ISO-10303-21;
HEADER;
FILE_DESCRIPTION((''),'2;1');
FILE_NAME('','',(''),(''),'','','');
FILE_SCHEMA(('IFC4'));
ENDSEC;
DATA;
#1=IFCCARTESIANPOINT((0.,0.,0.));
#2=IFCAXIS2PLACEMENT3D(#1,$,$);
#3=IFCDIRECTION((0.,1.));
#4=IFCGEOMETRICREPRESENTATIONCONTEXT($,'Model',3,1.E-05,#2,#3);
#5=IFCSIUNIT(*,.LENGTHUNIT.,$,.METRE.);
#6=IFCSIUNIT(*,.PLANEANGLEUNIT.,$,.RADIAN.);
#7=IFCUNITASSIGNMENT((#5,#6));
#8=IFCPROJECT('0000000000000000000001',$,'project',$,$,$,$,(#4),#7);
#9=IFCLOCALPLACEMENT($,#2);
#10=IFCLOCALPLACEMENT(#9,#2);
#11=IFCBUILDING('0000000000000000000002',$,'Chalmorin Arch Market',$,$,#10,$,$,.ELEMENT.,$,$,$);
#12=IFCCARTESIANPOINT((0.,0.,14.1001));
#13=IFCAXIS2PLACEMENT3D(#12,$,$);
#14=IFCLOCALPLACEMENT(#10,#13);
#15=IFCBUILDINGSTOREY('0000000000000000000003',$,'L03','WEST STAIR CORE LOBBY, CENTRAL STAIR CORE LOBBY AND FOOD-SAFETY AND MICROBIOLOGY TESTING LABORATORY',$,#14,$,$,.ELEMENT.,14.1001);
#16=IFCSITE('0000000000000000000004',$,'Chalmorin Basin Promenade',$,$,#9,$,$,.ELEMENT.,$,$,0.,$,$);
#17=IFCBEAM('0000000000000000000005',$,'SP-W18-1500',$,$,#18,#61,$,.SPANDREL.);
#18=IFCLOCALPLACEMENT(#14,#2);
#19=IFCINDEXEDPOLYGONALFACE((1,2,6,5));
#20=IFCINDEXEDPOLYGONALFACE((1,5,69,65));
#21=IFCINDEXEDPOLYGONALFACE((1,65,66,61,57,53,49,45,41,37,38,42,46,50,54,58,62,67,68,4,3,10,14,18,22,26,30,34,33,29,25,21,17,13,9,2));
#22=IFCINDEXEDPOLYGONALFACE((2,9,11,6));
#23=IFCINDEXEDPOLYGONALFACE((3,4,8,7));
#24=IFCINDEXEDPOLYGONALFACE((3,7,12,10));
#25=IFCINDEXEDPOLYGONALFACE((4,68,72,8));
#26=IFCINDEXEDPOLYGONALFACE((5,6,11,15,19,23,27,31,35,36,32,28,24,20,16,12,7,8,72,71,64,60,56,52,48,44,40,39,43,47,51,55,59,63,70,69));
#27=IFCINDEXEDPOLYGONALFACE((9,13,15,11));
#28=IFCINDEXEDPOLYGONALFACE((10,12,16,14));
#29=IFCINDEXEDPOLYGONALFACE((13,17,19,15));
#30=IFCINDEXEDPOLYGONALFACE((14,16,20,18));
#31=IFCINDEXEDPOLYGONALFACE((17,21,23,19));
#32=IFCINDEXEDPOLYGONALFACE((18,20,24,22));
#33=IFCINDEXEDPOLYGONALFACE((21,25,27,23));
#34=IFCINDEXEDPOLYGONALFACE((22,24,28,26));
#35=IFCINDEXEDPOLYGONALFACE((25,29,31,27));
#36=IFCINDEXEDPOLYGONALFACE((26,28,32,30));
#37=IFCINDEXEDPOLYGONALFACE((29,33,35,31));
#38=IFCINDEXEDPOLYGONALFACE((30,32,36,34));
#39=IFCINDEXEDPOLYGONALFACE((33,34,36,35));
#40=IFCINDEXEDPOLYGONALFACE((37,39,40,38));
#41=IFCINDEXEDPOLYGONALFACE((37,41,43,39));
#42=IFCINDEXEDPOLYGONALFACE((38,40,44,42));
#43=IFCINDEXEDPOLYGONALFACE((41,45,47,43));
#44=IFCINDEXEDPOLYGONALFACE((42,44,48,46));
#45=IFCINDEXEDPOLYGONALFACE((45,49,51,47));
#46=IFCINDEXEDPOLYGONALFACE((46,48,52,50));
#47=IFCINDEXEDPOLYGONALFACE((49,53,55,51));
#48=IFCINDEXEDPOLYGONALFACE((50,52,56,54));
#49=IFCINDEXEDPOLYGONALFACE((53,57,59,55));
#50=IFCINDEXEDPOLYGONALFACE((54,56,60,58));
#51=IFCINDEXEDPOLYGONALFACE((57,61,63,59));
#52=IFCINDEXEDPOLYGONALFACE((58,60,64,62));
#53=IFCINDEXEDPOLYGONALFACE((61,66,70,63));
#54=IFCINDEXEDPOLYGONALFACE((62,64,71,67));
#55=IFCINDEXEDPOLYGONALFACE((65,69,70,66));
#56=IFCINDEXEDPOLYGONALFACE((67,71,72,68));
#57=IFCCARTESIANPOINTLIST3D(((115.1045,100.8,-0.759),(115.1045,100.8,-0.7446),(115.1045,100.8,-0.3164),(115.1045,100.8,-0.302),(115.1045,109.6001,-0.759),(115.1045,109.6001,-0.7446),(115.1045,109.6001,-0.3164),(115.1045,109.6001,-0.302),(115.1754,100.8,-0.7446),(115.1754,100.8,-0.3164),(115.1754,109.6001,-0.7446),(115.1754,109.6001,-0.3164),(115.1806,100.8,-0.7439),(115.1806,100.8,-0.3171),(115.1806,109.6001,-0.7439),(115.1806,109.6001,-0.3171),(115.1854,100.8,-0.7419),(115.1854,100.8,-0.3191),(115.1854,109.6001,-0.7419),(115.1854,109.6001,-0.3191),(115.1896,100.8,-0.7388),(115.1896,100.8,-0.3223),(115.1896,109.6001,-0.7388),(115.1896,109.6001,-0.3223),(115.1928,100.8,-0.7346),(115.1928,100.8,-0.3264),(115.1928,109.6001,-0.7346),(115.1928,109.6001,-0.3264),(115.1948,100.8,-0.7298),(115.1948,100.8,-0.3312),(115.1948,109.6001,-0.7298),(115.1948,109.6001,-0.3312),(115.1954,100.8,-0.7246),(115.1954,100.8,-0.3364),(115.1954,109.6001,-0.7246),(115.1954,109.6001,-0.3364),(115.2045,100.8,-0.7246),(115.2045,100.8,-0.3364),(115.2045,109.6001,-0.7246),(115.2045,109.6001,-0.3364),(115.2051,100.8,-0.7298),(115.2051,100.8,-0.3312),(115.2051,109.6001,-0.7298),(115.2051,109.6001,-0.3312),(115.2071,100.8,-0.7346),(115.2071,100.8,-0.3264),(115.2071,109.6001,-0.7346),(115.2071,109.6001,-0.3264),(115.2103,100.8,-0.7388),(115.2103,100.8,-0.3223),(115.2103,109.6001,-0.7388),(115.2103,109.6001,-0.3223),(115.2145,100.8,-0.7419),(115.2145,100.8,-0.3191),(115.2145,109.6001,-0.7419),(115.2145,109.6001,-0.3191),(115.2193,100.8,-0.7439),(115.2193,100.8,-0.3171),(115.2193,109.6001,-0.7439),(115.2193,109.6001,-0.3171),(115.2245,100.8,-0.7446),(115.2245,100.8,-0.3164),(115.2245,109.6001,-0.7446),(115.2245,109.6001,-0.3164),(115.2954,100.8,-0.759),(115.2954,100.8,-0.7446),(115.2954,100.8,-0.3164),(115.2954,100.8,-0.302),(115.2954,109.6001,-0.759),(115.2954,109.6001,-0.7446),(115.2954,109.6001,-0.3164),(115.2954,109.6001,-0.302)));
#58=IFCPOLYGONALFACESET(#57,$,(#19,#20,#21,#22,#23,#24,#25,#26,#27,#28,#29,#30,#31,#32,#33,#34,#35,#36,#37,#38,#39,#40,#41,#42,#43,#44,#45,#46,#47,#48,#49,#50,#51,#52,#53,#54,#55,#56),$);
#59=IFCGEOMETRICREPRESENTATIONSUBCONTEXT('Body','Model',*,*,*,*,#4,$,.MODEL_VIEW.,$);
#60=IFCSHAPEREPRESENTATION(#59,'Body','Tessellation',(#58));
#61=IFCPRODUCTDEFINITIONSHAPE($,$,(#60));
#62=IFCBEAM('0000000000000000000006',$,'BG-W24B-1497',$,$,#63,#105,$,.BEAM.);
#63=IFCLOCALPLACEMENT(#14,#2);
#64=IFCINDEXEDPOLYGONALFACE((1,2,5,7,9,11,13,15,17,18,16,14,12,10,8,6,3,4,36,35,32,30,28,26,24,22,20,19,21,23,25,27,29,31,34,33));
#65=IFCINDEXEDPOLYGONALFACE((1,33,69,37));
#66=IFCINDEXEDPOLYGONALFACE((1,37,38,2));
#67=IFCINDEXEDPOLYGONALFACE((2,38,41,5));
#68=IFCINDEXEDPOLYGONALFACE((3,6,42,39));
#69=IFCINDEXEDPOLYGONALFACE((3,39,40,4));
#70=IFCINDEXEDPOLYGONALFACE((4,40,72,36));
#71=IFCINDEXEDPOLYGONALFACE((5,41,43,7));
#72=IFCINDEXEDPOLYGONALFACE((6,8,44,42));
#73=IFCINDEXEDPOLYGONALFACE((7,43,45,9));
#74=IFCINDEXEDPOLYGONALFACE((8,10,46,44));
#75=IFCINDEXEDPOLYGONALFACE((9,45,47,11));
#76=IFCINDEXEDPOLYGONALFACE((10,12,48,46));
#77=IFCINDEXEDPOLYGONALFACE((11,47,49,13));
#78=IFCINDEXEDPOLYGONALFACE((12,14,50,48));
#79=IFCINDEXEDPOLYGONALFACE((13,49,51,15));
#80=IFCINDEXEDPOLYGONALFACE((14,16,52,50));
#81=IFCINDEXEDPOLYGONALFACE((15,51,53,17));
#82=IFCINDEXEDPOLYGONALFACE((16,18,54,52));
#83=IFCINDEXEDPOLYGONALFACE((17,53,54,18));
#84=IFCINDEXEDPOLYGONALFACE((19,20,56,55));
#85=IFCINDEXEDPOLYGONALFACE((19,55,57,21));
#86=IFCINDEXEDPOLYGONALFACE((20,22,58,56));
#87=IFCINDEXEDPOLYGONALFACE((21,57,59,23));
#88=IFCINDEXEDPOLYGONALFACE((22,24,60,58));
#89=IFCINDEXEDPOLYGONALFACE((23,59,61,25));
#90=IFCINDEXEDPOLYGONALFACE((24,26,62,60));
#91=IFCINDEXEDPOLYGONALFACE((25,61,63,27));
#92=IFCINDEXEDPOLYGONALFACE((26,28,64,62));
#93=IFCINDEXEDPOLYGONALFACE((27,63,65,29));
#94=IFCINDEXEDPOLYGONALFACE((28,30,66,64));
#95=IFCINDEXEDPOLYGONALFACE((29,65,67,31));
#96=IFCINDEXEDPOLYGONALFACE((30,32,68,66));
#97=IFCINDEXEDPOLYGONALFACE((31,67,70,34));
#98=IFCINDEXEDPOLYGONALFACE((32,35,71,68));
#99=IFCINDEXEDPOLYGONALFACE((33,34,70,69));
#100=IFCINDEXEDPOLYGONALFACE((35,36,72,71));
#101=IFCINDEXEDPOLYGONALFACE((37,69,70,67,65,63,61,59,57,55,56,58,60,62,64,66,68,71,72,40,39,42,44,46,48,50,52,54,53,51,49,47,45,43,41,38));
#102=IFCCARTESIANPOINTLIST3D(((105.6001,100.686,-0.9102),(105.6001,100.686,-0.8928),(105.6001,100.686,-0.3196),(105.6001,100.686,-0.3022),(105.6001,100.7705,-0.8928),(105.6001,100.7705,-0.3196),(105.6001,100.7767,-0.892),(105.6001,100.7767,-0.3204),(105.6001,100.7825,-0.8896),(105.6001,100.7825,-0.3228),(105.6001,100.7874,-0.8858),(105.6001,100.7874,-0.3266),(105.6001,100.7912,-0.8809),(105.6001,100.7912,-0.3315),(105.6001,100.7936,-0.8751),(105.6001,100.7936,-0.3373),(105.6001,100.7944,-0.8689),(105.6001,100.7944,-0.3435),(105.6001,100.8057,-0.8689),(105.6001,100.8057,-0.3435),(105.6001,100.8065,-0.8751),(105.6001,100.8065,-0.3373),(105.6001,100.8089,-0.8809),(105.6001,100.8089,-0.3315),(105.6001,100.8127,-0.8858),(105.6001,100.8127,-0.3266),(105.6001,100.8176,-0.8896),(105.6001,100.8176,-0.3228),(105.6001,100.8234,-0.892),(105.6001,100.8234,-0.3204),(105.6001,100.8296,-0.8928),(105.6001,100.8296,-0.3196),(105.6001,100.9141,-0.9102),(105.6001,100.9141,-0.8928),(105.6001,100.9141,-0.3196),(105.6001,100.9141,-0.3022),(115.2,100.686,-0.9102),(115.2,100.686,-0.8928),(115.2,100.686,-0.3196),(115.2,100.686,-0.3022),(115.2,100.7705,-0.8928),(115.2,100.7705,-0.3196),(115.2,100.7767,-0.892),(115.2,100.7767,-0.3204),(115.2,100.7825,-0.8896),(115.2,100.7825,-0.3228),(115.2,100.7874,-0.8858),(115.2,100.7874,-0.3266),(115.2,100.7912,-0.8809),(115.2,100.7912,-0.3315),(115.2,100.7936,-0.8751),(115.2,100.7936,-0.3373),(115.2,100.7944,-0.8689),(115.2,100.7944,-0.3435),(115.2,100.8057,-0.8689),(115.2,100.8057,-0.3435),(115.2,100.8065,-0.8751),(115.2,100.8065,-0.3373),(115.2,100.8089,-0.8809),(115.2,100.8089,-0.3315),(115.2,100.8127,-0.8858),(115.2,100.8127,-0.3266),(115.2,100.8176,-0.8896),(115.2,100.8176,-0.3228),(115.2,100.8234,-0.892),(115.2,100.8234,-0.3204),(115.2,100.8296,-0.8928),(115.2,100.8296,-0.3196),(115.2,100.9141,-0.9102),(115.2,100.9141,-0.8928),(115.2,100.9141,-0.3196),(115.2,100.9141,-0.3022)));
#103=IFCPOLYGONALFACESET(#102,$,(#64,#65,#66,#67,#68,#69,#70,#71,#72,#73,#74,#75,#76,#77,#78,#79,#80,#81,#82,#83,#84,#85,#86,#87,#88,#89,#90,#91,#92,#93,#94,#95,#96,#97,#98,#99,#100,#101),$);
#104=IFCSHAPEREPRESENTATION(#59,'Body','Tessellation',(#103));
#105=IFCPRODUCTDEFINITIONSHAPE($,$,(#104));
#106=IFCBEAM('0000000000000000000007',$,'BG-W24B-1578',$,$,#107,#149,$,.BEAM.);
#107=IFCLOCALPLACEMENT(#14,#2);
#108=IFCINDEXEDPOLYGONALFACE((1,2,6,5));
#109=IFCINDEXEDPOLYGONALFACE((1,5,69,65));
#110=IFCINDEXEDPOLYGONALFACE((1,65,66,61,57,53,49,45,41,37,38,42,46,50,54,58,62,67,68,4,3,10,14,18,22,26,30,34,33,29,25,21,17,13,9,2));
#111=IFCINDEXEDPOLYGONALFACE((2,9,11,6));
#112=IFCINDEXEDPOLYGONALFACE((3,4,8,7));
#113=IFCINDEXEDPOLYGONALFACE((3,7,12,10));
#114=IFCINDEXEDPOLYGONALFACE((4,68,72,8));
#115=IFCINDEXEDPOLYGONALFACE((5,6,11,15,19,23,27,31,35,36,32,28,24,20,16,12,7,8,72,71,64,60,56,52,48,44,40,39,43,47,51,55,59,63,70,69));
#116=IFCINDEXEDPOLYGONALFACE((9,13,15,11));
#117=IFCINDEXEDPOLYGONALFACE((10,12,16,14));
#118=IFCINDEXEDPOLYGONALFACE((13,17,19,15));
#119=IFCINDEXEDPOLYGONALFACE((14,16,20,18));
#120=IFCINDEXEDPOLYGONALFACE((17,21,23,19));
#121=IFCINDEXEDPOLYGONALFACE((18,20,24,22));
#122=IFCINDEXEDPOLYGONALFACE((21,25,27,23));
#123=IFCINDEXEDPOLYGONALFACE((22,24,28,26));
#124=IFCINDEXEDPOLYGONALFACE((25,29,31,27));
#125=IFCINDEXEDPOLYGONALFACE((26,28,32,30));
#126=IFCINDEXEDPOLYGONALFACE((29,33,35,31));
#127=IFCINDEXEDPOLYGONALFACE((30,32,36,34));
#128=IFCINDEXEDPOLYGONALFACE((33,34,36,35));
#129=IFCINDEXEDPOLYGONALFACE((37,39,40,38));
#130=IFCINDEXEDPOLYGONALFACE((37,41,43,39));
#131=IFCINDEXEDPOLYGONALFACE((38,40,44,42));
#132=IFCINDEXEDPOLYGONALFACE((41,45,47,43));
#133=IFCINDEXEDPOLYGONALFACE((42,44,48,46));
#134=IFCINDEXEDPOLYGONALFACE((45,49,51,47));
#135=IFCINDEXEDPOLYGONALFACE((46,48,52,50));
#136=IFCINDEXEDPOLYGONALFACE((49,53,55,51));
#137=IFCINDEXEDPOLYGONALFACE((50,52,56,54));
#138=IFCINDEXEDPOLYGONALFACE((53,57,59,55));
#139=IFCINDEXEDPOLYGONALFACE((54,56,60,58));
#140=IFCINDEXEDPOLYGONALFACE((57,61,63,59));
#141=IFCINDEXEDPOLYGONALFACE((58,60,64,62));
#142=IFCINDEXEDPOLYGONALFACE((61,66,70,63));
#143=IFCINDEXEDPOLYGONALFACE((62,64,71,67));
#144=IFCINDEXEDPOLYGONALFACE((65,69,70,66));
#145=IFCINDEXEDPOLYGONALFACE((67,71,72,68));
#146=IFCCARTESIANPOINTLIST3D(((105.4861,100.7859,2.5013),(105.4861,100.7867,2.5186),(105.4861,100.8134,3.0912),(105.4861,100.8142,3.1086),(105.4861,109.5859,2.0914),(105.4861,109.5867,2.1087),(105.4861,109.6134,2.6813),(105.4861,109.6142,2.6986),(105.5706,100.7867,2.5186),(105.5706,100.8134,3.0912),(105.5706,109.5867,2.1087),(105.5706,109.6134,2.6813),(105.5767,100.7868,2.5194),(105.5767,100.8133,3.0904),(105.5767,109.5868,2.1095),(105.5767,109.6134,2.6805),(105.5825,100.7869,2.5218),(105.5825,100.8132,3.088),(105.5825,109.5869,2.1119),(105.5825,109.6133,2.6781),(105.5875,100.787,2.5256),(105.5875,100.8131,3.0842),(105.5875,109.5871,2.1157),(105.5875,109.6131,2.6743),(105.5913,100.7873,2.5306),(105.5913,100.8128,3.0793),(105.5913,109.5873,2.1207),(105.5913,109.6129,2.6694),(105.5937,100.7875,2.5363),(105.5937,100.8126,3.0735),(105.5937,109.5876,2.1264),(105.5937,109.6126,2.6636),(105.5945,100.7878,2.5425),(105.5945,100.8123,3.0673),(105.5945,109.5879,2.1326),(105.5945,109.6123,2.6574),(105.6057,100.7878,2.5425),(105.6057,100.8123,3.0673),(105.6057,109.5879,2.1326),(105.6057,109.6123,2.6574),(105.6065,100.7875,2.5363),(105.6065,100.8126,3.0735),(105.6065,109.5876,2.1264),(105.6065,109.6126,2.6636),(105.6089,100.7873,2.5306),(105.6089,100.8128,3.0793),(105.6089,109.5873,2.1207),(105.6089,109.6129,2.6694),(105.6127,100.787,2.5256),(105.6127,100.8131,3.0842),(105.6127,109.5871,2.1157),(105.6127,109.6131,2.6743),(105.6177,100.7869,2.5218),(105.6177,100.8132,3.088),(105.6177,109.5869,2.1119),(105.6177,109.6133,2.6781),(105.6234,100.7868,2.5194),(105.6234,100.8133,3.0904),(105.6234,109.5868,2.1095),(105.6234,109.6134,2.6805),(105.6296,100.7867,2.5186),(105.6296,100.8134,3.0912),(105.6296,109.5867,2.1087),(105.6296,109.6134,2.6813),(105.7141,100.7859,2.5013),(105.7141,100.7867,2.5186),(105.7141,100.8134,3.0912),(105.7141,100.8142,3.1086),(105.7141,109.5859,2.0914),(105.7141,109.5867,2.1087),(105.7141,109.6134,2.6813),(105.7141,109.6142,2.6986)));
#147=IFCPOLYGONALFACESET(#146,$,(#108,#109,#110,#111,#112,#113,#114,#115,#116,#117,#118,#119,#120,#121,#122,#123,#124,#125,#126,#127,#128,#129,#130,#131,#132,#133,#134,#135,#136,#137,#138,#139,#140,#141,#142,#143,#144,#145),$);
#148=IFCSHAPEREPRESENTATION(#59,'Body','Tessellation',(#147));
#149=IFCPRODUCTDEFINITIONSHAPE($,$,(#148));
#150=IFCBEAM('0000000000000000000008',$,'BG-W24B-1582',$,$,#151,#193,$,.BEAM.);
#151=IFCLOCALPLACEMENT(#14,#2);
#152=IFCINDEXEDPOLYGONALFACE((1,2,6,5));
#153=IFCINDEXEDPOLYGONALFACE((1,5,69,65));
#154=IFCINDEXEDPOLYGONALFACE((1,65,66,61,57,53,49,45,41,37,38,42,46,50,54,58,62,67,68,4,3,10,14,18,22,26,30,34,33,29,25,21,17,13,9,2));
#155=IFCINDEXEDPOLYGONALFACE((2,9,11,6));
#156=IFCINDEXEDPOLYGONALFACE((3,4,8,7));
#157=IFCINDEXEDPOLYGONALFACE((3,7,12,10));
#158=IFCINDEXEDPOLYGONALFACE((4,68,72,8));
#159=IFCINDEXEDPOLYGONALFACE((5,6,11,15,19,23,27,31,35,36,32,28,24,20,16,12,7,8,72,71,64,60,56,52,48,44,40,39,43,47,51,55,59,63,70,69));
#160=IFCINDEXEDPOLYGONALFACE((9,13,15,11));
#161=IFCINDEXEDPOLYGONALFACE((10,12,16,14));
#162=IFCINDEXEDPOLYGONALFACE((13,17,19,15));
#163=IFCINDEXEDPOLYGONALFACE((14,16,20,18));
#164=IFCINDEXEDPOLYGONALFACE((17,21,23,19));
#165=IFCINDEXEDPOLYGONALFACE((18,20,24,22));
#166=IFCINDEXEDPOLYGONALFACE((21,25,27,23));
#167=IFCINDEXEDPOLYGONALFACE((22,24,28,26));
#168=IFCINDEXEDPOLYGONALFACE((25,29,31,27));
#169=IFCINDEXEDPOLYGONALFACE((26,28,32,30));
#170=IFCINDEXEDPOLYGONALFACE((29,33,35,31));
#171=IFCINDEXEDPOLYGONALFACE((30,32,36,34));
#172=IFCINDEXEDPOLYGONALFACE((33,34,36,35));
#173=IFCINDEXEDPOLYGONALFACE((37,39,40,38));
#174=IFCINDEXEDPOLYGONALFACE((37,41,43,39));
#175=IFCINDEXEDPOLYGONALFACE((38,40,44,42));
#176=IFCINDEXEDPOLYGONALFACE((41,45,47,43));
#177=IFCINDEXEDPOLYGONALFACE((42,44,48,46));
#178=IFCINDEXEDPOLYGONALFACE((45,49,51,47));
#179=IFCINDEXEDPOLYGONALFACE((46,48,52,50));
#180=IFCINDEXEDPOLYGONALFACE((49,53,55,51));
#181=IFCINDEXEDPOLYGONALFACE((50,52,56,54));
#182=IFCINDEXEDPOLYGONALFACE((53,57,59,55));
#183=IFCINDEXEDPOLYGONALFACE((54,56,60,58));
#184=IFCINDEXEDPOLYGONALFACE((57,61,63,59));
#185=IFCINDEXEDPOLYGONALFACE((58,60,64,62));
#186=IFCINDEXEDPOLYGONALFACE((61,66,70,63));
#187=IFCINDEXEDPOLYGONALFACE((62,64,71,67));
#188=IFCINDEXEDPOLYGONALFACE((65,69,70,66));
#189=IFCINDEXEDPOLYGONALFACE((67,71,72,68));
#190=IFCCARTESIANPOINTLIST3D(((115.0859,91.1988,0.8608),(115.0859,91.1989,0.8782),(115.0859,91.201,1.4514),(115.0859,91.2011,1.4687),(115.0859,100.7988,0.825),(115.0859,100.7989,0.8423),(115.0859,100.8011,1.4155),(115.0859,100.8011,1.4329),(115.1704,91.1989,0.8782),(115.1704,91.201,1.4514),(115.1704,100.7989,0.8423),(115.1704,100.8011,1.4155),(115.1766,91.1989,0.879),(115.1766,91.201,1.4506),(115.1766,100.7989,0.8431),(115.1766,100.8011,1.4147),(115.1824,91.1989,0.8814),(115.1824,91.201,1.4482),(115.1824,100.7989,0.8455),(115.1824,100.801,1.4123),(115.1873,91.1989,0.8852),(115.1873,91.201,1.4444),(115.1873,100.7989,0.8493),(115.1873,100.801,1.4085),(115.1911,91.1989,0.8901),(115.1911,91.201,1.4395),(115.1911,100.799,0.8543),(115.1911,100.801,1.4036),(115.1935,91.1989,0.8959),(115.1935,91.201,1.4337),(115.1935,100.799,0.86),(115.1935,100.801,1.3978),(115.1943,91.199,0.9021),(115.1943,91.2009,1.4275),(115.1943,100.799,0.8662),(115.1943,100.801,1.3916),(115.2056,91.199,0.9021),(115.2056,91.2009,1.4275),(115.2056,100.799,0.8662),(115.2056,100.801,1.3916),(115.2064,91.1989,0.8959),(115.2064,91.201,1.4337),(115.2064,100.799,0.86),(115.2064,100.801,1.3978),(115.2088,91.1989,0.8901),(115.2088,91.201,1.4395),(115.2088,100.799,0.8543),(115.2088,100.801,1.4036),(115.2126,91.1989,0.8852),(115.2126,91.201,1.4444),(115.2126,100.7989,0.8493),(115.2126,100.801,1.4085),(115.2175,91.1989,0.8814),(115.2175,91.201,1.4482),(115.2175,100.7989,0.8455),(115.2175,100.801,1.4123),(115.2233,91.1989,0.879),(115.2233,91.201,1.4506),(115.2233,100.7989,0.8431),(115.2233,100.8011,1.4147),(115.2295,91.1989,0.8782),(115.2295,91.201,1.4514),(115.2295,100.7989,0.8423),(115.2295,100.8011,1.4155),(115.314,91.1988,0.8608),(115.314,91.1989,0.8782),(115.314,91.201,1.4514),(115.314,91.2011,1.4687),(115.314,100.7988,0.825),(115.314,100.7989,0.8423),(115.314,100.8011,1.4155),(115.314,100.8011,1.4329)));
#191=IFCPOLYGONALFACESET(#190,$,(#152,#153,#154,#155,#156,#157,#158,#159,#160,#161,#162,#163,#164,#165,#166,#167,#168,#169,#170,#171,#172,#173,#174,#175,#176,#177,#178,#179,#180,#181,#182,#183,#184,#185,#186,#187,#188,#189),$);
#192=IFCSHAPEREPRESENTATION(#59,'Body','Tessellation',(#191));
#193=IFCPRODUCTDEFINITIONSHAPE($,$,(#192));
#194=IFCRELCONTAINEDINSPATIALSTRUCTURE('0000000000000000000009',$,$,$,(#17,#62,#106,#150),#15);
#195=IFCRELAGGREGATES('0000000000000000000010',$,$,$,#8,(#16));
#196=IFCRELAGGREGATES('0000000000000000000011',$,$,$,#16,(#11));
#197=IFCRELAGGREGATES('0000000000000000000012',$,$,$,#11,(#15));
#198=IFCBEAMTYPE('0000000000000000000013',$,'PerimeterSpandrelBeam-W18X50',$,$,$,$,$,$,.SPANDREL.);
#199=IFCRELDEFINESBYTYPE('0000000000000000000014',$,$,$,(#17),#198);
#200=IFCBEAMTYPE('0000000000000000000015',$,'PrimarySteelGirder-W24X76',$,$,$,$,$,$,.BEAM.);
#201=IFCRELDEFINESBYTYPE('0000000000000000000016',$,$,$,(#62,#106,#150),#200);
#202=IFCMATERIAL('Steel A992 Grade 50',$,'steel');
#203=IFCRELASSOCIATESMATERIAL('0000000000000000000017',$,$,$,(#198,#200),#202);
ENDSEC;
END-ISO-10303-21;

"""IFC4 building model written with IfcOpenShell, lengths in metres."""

from ifc_helpers import new_model, si_unit, direction, frame, origin, origin_2d, place, context, subcontext, project, spatial, i_section, extrude, material, material_profile, profile_set, type_object, element, save


model = new_model("IFC4")

# Units and contexts
model_context = context("Model", 3, precision=1e-05, world=origin(), true_north=direction((0.0, 1.0)))
body_context = subcontext(model_context, "Body", "Model", "MODEL_VIEW")
ifc_project = project(units=[si_unit("LENGTHUNIT", "METRE"), si_unit("PLANEANGLEUNIT", "RADIAN")], contexts=[model_context])

# Site, building, storey
site_placement = place(None, origin())
site = spatial("IfcSite", under=ifc_project, at=site_placement, Name="Chalmorin Basin Promenade", CompositionType="ELEMENT", RefElevation=0.0)
building_placement = place(site_placement, origin())
building = spatial("IfcBuilding", under=site, at=building_placement, Name="Chalmorin Arch Market", CompositionType="ELEMENT")
storey_placement = place(building_placement, frame((0.0, 0.0, 14.1001)))
storey = spatial("IfcBuildingStorey", under=building, at=storey_placement, Name="L03", Description="WEST STAIR CORE LOBBY, CENTRAL STAIR CORE LOBBY AND FOOD-SAFETY AND MICROBIOLOGY TESTING LABORATORY", CompositionType="ELEMENT", Elevation=14.1001)

# Beams
ifc_material_1 = material(Name="Steel A992 Grade 50", Category="steel")
ifc_material_profile_1 = material_profile(ifc_material_1, i_section(OverallWidth=0.1909, OverallDepth=0.457, WebThickness=0.009, FlangeThickness=0.0144, FilletRadius=0.02, at=origin_2d()), Name="W18X50")
ifc_profile_set_1 = profile_set([ifc_material_profile_1], Name="Steel A992 Grade 50")
beam_type_1 = type_object("IfcBeamType", Name="PerimeterSpandrelBeam-W18X50", PredefinedType="SPANDREL", material=ifc_profile_set_1)
beam_1_placement = place(storey_placement, frame((115.2, 100.8, -0.5305), z_axis=(0.0, 1.0, 0.0), x_axis=(-1.0, 0.0, 0.0)))
element("IfcBeam", 1, at=beam_1_placement, inside=storey, type_object=beam_type_1, Name="SP-W18-1500", PredefinedType="SPANDREL", context=body_context, shape_type="SweptSolid", body=[
    extrude(i_section(OverallWidth=0.1909, OverallDepth=0.457, WebThickness=0.009, FlangeThickness=0.0144, FilletRadius=0.02, at=origin_2d()), origin(), (0.0, 0.0, 1.0), 8.8),
])
ifc_material_profile_2 = material_profile(ifc_material_1, i_section(OverallWidth=0.228, OverallDepth=0.6079, WebThickness=0.0112, FlangeThickness=0.0173, FilletRadius=0.0239, at=origin_2d()), Name="W24X76")
ifc_profile_set_2 = profile_set([ifc_material_profile_2], Name="Steel A992 Grade 50")
beam_type_2 = type_object("IfcBeamType", Name="PrimarySteelGirder-W24X76", PredefinedType="BEAM", material=ifc_profile_set_2)
beam_2_placement = place(storey_placement, frame((105.6001, 100.8, -0.6062), z_axis=(1.0, 0.0, 0.0), x_axis=(0.0, 1.0, 0.0)))
element("IfcBeam", 2, at=beam_2_placement, inside=storey, type_object=beam_type_2, Name="BG-W24B-1497", PredefinedType="BEAM", context=body_context, shape_type="SweptSolid", body=[
    extrude(i_section(OverallWidth=0.228, OverallDepth=0.6079, WebThickness=0.0112, FlangeThickness=0.0173, FilletRadius=0.0239, at=origin_2d()), origin(), (0.0, 0.0, 1.0), 9.5999),
])
beam_3_placement = place(storey_placement, frame((105.6001, 100.8, 2.8049), z_axis=(0.0, 0.998917, -0.04653), x_axis=(-1.0, 0.0, 0.0)))
element("IfcBeam", 3, at=beam_3_placement, inside=storey, type_object=beam_type_2, Name="BG-W24B-1578", PredefinedType="BEAM", context=body_context, shape_type="SweptSolid", body=[
    extrude(i_section(OverallWidth=0.228, OverallDepth=0.6079, WebThickness=0.0112, FlangeThickness=0.0173, FilletRadius=0.0239, at=origin_2d()), origin(), (0.0, 0.0, 1.0), 8.8096),
])
beam_4_placement = place(storey_placement, frame((115.2, 91.2, 1.1648), z_axis=(0.0, 0.999993, -0.003738), x_axis=(-1.0, 0.0, 0.0)))
element("IfcBeam", 4, at=beam_4_placement, inside=storey, type_object=beam_type_2, Name="BG-W24B-1582", PredefinedType="BEAM", context=body_context, shape_type="SweptSolid", body=[
    extrude(i_section(OverallWidth=0.228, OverallDepth=0.6079, WebThickness=0.0112, FlangeThickness=0.0173, FilletRadius=0.0239, at=origin_2d()), origin(), (0.0, 0.0, 1.0), 9.6001),
])

save(model, "model.ifc")
